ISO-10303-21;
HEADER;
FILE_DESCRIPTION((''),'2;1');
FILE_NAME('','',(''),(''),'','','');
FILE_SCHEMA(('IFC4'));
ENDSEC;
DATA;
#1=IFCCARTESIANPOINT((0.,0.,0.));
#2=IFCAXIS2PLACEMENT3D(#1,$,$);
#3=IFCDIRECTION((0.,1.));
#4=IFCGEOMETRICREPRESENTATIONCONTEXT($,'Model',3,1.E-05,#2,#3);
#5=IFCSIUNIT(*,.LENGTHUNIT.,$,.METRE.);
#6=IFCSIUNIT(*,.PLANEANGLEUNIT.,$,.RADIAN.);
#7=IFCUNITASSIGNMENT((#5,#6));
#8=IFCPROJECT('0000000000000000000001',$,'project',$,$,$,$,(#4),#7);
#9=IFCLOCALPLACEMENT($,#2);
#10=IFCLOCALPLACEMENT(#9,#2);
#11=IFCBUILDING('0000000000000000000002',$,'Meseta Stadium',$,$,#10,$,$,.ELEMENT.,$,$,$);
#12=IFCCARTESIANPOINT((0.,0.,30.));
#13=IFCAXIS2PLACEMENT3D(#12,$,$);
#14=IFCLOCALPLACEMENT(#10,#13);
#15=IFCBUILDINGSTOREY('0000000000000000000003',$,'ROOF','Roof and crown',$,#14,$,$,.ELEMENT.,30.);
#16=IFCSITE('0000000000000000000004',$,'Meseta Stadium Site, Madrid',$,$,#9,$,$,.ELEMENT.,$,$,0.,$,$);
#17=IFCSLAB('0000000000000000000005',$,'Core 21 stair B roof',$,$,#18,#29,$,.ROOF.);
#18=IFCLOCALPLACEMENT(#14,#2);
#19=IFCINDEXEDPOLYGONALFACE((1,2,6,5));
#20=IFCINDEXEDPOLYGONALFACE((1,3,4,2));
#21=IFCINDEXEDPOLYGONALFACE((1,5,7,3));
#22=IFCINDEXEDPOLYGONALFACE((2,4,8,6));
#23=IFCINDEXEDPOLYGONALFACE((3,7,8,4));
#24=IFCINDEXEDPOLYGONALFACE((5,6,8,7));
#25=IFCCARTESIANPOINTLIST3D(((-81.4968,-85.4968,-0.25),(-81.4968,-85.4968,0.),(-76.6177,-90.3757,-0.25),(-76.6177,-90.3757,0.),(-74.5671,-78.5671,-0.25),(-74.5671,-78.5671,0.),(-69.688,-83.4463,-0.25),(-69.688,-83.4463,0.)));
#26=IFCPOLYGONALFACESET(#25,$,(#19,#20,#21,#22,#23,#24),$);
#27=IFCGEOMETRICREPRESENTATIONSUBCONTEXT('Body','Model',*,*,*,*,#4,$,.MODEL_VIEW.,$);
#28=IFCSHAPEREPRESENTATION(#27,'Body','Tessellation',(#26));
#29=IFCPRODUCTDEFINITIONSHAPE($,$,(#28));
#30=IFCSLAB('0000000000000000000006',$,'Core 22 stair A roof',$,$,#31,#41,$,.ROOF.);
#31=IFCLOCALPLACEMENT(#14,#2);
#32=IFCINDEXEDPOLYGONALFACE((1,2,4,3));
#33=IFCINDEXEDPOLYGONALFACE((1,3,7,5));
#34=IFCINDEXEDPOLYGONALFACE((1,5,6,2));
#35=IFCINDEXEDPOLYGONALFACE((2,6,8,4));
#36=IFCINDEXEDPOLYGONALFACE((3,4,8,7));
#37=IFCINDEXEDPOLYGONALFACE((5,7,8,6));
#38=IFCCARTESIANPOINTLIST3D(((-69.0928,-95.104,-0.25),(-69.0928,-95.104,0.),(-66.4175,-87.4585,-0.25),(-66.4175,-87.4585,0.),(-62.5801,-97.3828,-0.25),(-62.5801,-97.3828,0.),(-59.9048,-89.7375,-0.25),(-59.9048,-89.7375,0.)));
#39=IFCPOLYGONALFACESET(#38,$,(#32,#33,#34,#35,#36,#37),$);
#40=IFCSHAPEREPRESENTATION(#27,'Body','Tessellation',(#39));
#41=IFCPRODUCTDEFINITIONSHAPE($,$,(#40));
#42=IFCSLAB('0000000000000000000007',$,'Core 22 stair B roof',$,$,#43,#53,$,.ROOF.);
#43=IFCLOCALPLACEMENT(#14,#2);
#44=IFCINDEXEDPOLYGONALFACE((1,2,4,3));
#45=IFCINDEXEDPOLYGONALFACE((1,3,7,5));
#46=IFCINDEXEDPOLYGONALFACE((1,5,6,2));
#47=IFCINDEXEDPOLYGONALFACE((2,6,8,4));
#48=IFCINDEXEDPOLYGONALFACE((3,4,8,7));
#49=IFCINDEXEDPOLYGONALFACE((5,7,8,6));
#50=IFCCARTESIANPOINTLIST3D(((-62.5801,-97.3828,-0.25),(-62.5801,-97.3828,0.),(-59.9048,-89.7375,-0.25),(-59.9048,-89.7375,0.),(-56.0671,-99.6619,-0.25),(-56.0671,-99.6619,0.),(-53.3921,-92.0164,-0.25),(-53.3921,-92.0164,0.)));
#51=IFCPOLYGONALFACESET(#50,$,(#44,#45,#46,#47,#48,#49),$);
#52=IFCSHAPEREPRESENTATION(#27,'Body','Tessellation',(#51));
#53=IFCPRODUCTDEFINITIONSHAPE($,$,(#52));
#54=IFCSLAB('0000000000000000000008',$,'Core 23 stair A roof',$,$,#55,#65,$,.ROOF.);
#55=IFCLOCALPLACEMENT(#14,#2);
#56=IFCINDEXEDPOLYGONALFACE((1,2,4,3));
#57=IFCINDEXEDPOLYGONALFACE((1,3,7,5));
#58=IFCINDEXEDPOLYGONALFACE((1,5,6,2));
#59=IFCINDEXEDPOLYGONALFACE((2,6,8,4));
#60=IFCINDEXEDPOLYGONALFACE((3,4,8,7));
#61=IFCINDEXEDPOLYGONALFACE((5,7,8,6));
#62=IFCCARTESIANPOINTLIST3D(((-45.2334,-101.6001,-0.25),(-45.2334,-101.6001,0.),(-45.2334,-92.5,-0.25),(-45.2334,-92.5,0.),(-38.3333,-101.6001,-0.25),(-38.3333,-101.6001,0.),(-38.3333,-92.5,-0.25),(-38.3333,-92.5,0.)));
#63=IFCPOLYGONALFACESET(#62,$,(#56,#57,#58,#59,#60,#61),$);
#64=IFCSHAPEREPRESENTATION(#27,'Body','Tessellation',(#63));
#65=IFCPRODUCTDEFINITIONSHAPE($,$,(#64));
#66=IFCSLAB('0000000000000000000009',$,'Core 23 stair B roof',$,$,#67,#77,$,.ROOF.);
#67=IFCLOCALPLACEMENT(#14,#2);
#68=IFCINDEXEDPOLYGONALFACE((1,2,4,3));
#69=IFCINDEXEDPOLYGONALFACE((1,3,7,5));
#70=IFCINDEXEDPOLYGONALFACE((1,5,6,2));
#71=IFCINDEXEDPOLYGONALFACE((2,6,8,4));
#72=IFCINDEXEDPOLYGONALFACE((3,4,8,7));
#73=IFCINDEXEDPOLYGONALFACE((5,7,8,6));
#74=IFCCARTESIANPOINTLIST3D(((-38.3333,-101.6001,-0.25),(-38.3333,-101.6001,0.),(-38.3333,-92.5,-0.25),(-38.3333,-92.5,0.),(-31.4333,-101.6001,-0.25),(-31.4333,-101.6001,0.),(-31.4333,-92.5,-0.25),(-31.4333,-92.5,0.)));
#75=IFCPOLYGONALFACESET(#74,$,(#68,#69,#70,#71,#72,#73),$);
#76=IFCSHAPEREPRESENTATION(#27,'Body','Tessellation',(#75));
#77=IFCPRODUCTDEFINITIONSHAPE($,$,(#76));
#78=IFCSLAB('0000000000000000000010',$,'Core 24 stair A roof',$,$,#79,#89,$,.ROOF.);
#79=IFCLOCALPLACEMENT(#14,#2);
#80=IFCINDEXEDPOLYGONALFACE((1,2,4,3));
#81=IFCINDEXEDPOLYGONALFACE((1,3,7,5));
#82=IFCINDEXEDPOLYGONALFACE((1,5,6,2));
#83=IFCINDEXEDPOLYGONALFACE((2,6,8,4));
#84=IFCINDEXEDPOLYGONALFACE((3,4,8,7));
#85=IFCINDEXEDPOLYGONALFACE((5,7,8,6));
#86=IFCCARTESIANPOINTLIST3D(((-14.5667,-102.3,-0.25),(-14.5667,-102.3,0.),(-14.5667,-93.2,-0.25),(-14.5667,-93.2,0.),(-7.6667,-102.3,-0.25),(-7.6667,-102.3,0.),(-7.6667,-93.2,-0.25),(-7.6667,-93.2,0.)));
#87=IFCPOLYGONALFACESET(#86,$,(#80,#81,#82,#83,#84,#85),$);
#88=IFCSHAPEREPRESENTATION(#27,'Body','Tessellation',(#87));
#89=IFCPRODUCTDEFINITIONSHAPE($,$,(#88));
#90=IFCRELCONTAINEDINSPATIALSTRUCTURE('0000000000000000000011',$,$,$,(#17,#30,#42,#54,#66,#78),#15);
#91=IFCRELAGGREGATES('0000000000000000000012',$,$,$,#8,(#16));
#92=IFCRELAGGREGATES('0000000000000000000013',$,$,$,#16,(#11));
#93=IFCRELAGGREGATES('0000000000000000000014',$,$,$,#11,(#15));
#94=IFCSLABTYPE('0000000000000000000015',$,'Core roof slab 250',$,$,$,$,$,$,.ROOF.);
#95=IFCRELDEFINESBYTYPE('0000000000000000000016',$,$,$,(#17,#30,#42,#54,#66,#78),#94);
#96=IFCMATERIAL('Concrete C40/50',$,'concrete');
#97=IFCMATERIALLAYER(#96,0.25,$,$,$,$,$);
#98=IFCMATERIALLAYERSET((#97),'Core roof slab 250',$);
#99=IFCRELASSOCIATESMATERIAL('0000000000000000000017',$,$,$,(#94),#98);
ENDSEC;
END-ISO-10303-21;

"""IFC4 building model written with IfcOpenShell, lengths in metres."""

from ifc_helpers import new_model, si_unit, direction, frame, origin, place, context, subcontext, project, spatial, polyline, outline, extrude, material, layer, layer_set, type_object, element, save


model = new_model("IFC4")

# Units and contexts
model_context = context("Model", 3, precision=1e-05, world=origin(), true_north=direction((0.0, 1.0)))
body_context = subcontext(model_context, "Body", "Model", "MODEL_VIEW")
ifc_project = project(units=[si_unit("LENGTHUNIT", "METRE"), si_unit("PLANEANGLEUNIT", "RADIAN")], contexts=[model_context])

# Site, building, storey
site_placement = place(None, origin())
site = spatial("IfcSite", under=ifc_project, at=site_placement, Name="Meseta Stadium Site, Madrid", CompositionType="ELEMENT", RefElevation=0.0)
building_placement = place(site_placement, origin())
building = spatial("IfcBuilding", under=site, at=building_placement, Name="Meseta Stadium", CompositionType="ELEMENT")
storey_placement = place(building_placement, frame((0.0, 0.0, 30.0)))
storey = spatial("IfcBuildingStorey", under=building, at=storey_placement, Name="ROOF", Description="Roof and crown", CompositionType="ELEMENT", Elevation=30.0)

# Slabs
ifc_material = material(Name="Concrete C40/50", Category="concrete")
ifc_layer = layer(ifc_material, 0.25)
ifc_layer_set = layer_set([ifc_layer], Name="Core roof slab 250")
slab_type = type_object("IfcSlabType", Name="Core roof slab 250", PredefinedType="ROOF", material=ifc_layer_set)
slab_1_placement = place(storey_placement, frame((0.0, 0.0, -0.25)))
element("IfcSlab", 1, at=slab_1_placement, inside=storey, type_object=slab_type, Name="Core 21 stair B roof", PredefinedType="ROOF", context=body_context, shape_type="SweptSolid", body=[
    extrude(outline(polyline([(-81.4968, -85.4968), (-74.5671, -78.5671), (-69.688, -83.4463), (-76.6177, -90.3757), (-81.4968, -85.4968)])), origin(), (0.0, 0.0, 1.0), 0.25),
])
slab_2_placement = place(storey_placement, frame((0.0, 0.0, -0.25)))
element("IfcSlab", 2, at=slab_2_placement, inside=storey, type_object=slab_type, Name="Core 22 stair A roof", PredefinedType="ROOF", context=body_context, shape_type="SweptSolid", body=[
    extrude(outline(polyline([(-69.0928, -95.104), (-66.4175, -87.4585), (-59.9048, -89.7375), (-62.5801, -97.3828), (-69.0928, -95.104)])), origin(), (0.0, 0.0, 1.0), 0.25),
])
slab_3_placement = place(storey_placement, frame((0.0, 0.0, -0.25)))
element("IfcSlab", 3, at=slab_3_placement, inside=storey, type_object=slab_type, Name="Core 22 stair B roof", PredefinedType="ROOF", context=body_context, shape_type="SweptSolid", body=[
    extrude(outline(polyline([(-62.5801, -97.3828), (-59.9048, -89.7375), (-53.3921, -92.0164), (-56.0671, -99.6619), (-62.5801, -97.3828)])), origin(), (0.0, 0.0, 1.0), 0.25),
])
slab_4_placement = place(storey_placement, frame((0.0, 0.0, -0.25)))
element("IfcSlab", 4, at=slab_4_placement, inside=storey, type_object=slab_type, Name="Core 23 stair A roof", PredefinedType="ROOF", context=body_context, shape_type="SweptSolid", body=[
    extrude(outline(polyline([(-45.2334, -101.6001), (-45.2334, -92.5), (-38.3333, -92.5), (-38.3333, -101.6001), (-45.2334, -101.6001)])), origin(), (0.0, 0.0, 1.0), 0.25),
])
slab_5_placement = place(storey_placement, frame((0.0, 0.0, -0.25)))
element("IfcSlab", 5, at=slab_5_placement, inside=storey, type_object=slab_type, Name="Core 23 stair B roof", PredefinedType="ROOF", context=body_context, shape_type="SweptSolid", body=[
    extrude(outline(polyline([(-38.3333, -101.6001), (-38.3333, -92.5), (-31.4333, -92.5), (-31.4333, -101.6001), (-38.3333, -101.6001)])), origin(), (0.0, 0.0, 1.0), 0.25),
])
slab_6_placement = place(storey_placement, frame((0.0, 0.0, -0.25)))
element("IfcSlab", 6, at=slab_6_placement, inside=storey, type_object=slab_type, Name="Core 24 stair A roof", PredefinedType="ROOF", context=body_context, shape_type="SweptSolid", body=[
    extrude(outline(polyline([(-14.5667, -102.3), (-14.5667, -93.2), (-7.6667, -93.2), (-7.6667, -102.3), (-14.5667, -102.3)])), origin(), (0.0, 0.0, 1.0), 0.25),
])

save(model, "model.ifc")
